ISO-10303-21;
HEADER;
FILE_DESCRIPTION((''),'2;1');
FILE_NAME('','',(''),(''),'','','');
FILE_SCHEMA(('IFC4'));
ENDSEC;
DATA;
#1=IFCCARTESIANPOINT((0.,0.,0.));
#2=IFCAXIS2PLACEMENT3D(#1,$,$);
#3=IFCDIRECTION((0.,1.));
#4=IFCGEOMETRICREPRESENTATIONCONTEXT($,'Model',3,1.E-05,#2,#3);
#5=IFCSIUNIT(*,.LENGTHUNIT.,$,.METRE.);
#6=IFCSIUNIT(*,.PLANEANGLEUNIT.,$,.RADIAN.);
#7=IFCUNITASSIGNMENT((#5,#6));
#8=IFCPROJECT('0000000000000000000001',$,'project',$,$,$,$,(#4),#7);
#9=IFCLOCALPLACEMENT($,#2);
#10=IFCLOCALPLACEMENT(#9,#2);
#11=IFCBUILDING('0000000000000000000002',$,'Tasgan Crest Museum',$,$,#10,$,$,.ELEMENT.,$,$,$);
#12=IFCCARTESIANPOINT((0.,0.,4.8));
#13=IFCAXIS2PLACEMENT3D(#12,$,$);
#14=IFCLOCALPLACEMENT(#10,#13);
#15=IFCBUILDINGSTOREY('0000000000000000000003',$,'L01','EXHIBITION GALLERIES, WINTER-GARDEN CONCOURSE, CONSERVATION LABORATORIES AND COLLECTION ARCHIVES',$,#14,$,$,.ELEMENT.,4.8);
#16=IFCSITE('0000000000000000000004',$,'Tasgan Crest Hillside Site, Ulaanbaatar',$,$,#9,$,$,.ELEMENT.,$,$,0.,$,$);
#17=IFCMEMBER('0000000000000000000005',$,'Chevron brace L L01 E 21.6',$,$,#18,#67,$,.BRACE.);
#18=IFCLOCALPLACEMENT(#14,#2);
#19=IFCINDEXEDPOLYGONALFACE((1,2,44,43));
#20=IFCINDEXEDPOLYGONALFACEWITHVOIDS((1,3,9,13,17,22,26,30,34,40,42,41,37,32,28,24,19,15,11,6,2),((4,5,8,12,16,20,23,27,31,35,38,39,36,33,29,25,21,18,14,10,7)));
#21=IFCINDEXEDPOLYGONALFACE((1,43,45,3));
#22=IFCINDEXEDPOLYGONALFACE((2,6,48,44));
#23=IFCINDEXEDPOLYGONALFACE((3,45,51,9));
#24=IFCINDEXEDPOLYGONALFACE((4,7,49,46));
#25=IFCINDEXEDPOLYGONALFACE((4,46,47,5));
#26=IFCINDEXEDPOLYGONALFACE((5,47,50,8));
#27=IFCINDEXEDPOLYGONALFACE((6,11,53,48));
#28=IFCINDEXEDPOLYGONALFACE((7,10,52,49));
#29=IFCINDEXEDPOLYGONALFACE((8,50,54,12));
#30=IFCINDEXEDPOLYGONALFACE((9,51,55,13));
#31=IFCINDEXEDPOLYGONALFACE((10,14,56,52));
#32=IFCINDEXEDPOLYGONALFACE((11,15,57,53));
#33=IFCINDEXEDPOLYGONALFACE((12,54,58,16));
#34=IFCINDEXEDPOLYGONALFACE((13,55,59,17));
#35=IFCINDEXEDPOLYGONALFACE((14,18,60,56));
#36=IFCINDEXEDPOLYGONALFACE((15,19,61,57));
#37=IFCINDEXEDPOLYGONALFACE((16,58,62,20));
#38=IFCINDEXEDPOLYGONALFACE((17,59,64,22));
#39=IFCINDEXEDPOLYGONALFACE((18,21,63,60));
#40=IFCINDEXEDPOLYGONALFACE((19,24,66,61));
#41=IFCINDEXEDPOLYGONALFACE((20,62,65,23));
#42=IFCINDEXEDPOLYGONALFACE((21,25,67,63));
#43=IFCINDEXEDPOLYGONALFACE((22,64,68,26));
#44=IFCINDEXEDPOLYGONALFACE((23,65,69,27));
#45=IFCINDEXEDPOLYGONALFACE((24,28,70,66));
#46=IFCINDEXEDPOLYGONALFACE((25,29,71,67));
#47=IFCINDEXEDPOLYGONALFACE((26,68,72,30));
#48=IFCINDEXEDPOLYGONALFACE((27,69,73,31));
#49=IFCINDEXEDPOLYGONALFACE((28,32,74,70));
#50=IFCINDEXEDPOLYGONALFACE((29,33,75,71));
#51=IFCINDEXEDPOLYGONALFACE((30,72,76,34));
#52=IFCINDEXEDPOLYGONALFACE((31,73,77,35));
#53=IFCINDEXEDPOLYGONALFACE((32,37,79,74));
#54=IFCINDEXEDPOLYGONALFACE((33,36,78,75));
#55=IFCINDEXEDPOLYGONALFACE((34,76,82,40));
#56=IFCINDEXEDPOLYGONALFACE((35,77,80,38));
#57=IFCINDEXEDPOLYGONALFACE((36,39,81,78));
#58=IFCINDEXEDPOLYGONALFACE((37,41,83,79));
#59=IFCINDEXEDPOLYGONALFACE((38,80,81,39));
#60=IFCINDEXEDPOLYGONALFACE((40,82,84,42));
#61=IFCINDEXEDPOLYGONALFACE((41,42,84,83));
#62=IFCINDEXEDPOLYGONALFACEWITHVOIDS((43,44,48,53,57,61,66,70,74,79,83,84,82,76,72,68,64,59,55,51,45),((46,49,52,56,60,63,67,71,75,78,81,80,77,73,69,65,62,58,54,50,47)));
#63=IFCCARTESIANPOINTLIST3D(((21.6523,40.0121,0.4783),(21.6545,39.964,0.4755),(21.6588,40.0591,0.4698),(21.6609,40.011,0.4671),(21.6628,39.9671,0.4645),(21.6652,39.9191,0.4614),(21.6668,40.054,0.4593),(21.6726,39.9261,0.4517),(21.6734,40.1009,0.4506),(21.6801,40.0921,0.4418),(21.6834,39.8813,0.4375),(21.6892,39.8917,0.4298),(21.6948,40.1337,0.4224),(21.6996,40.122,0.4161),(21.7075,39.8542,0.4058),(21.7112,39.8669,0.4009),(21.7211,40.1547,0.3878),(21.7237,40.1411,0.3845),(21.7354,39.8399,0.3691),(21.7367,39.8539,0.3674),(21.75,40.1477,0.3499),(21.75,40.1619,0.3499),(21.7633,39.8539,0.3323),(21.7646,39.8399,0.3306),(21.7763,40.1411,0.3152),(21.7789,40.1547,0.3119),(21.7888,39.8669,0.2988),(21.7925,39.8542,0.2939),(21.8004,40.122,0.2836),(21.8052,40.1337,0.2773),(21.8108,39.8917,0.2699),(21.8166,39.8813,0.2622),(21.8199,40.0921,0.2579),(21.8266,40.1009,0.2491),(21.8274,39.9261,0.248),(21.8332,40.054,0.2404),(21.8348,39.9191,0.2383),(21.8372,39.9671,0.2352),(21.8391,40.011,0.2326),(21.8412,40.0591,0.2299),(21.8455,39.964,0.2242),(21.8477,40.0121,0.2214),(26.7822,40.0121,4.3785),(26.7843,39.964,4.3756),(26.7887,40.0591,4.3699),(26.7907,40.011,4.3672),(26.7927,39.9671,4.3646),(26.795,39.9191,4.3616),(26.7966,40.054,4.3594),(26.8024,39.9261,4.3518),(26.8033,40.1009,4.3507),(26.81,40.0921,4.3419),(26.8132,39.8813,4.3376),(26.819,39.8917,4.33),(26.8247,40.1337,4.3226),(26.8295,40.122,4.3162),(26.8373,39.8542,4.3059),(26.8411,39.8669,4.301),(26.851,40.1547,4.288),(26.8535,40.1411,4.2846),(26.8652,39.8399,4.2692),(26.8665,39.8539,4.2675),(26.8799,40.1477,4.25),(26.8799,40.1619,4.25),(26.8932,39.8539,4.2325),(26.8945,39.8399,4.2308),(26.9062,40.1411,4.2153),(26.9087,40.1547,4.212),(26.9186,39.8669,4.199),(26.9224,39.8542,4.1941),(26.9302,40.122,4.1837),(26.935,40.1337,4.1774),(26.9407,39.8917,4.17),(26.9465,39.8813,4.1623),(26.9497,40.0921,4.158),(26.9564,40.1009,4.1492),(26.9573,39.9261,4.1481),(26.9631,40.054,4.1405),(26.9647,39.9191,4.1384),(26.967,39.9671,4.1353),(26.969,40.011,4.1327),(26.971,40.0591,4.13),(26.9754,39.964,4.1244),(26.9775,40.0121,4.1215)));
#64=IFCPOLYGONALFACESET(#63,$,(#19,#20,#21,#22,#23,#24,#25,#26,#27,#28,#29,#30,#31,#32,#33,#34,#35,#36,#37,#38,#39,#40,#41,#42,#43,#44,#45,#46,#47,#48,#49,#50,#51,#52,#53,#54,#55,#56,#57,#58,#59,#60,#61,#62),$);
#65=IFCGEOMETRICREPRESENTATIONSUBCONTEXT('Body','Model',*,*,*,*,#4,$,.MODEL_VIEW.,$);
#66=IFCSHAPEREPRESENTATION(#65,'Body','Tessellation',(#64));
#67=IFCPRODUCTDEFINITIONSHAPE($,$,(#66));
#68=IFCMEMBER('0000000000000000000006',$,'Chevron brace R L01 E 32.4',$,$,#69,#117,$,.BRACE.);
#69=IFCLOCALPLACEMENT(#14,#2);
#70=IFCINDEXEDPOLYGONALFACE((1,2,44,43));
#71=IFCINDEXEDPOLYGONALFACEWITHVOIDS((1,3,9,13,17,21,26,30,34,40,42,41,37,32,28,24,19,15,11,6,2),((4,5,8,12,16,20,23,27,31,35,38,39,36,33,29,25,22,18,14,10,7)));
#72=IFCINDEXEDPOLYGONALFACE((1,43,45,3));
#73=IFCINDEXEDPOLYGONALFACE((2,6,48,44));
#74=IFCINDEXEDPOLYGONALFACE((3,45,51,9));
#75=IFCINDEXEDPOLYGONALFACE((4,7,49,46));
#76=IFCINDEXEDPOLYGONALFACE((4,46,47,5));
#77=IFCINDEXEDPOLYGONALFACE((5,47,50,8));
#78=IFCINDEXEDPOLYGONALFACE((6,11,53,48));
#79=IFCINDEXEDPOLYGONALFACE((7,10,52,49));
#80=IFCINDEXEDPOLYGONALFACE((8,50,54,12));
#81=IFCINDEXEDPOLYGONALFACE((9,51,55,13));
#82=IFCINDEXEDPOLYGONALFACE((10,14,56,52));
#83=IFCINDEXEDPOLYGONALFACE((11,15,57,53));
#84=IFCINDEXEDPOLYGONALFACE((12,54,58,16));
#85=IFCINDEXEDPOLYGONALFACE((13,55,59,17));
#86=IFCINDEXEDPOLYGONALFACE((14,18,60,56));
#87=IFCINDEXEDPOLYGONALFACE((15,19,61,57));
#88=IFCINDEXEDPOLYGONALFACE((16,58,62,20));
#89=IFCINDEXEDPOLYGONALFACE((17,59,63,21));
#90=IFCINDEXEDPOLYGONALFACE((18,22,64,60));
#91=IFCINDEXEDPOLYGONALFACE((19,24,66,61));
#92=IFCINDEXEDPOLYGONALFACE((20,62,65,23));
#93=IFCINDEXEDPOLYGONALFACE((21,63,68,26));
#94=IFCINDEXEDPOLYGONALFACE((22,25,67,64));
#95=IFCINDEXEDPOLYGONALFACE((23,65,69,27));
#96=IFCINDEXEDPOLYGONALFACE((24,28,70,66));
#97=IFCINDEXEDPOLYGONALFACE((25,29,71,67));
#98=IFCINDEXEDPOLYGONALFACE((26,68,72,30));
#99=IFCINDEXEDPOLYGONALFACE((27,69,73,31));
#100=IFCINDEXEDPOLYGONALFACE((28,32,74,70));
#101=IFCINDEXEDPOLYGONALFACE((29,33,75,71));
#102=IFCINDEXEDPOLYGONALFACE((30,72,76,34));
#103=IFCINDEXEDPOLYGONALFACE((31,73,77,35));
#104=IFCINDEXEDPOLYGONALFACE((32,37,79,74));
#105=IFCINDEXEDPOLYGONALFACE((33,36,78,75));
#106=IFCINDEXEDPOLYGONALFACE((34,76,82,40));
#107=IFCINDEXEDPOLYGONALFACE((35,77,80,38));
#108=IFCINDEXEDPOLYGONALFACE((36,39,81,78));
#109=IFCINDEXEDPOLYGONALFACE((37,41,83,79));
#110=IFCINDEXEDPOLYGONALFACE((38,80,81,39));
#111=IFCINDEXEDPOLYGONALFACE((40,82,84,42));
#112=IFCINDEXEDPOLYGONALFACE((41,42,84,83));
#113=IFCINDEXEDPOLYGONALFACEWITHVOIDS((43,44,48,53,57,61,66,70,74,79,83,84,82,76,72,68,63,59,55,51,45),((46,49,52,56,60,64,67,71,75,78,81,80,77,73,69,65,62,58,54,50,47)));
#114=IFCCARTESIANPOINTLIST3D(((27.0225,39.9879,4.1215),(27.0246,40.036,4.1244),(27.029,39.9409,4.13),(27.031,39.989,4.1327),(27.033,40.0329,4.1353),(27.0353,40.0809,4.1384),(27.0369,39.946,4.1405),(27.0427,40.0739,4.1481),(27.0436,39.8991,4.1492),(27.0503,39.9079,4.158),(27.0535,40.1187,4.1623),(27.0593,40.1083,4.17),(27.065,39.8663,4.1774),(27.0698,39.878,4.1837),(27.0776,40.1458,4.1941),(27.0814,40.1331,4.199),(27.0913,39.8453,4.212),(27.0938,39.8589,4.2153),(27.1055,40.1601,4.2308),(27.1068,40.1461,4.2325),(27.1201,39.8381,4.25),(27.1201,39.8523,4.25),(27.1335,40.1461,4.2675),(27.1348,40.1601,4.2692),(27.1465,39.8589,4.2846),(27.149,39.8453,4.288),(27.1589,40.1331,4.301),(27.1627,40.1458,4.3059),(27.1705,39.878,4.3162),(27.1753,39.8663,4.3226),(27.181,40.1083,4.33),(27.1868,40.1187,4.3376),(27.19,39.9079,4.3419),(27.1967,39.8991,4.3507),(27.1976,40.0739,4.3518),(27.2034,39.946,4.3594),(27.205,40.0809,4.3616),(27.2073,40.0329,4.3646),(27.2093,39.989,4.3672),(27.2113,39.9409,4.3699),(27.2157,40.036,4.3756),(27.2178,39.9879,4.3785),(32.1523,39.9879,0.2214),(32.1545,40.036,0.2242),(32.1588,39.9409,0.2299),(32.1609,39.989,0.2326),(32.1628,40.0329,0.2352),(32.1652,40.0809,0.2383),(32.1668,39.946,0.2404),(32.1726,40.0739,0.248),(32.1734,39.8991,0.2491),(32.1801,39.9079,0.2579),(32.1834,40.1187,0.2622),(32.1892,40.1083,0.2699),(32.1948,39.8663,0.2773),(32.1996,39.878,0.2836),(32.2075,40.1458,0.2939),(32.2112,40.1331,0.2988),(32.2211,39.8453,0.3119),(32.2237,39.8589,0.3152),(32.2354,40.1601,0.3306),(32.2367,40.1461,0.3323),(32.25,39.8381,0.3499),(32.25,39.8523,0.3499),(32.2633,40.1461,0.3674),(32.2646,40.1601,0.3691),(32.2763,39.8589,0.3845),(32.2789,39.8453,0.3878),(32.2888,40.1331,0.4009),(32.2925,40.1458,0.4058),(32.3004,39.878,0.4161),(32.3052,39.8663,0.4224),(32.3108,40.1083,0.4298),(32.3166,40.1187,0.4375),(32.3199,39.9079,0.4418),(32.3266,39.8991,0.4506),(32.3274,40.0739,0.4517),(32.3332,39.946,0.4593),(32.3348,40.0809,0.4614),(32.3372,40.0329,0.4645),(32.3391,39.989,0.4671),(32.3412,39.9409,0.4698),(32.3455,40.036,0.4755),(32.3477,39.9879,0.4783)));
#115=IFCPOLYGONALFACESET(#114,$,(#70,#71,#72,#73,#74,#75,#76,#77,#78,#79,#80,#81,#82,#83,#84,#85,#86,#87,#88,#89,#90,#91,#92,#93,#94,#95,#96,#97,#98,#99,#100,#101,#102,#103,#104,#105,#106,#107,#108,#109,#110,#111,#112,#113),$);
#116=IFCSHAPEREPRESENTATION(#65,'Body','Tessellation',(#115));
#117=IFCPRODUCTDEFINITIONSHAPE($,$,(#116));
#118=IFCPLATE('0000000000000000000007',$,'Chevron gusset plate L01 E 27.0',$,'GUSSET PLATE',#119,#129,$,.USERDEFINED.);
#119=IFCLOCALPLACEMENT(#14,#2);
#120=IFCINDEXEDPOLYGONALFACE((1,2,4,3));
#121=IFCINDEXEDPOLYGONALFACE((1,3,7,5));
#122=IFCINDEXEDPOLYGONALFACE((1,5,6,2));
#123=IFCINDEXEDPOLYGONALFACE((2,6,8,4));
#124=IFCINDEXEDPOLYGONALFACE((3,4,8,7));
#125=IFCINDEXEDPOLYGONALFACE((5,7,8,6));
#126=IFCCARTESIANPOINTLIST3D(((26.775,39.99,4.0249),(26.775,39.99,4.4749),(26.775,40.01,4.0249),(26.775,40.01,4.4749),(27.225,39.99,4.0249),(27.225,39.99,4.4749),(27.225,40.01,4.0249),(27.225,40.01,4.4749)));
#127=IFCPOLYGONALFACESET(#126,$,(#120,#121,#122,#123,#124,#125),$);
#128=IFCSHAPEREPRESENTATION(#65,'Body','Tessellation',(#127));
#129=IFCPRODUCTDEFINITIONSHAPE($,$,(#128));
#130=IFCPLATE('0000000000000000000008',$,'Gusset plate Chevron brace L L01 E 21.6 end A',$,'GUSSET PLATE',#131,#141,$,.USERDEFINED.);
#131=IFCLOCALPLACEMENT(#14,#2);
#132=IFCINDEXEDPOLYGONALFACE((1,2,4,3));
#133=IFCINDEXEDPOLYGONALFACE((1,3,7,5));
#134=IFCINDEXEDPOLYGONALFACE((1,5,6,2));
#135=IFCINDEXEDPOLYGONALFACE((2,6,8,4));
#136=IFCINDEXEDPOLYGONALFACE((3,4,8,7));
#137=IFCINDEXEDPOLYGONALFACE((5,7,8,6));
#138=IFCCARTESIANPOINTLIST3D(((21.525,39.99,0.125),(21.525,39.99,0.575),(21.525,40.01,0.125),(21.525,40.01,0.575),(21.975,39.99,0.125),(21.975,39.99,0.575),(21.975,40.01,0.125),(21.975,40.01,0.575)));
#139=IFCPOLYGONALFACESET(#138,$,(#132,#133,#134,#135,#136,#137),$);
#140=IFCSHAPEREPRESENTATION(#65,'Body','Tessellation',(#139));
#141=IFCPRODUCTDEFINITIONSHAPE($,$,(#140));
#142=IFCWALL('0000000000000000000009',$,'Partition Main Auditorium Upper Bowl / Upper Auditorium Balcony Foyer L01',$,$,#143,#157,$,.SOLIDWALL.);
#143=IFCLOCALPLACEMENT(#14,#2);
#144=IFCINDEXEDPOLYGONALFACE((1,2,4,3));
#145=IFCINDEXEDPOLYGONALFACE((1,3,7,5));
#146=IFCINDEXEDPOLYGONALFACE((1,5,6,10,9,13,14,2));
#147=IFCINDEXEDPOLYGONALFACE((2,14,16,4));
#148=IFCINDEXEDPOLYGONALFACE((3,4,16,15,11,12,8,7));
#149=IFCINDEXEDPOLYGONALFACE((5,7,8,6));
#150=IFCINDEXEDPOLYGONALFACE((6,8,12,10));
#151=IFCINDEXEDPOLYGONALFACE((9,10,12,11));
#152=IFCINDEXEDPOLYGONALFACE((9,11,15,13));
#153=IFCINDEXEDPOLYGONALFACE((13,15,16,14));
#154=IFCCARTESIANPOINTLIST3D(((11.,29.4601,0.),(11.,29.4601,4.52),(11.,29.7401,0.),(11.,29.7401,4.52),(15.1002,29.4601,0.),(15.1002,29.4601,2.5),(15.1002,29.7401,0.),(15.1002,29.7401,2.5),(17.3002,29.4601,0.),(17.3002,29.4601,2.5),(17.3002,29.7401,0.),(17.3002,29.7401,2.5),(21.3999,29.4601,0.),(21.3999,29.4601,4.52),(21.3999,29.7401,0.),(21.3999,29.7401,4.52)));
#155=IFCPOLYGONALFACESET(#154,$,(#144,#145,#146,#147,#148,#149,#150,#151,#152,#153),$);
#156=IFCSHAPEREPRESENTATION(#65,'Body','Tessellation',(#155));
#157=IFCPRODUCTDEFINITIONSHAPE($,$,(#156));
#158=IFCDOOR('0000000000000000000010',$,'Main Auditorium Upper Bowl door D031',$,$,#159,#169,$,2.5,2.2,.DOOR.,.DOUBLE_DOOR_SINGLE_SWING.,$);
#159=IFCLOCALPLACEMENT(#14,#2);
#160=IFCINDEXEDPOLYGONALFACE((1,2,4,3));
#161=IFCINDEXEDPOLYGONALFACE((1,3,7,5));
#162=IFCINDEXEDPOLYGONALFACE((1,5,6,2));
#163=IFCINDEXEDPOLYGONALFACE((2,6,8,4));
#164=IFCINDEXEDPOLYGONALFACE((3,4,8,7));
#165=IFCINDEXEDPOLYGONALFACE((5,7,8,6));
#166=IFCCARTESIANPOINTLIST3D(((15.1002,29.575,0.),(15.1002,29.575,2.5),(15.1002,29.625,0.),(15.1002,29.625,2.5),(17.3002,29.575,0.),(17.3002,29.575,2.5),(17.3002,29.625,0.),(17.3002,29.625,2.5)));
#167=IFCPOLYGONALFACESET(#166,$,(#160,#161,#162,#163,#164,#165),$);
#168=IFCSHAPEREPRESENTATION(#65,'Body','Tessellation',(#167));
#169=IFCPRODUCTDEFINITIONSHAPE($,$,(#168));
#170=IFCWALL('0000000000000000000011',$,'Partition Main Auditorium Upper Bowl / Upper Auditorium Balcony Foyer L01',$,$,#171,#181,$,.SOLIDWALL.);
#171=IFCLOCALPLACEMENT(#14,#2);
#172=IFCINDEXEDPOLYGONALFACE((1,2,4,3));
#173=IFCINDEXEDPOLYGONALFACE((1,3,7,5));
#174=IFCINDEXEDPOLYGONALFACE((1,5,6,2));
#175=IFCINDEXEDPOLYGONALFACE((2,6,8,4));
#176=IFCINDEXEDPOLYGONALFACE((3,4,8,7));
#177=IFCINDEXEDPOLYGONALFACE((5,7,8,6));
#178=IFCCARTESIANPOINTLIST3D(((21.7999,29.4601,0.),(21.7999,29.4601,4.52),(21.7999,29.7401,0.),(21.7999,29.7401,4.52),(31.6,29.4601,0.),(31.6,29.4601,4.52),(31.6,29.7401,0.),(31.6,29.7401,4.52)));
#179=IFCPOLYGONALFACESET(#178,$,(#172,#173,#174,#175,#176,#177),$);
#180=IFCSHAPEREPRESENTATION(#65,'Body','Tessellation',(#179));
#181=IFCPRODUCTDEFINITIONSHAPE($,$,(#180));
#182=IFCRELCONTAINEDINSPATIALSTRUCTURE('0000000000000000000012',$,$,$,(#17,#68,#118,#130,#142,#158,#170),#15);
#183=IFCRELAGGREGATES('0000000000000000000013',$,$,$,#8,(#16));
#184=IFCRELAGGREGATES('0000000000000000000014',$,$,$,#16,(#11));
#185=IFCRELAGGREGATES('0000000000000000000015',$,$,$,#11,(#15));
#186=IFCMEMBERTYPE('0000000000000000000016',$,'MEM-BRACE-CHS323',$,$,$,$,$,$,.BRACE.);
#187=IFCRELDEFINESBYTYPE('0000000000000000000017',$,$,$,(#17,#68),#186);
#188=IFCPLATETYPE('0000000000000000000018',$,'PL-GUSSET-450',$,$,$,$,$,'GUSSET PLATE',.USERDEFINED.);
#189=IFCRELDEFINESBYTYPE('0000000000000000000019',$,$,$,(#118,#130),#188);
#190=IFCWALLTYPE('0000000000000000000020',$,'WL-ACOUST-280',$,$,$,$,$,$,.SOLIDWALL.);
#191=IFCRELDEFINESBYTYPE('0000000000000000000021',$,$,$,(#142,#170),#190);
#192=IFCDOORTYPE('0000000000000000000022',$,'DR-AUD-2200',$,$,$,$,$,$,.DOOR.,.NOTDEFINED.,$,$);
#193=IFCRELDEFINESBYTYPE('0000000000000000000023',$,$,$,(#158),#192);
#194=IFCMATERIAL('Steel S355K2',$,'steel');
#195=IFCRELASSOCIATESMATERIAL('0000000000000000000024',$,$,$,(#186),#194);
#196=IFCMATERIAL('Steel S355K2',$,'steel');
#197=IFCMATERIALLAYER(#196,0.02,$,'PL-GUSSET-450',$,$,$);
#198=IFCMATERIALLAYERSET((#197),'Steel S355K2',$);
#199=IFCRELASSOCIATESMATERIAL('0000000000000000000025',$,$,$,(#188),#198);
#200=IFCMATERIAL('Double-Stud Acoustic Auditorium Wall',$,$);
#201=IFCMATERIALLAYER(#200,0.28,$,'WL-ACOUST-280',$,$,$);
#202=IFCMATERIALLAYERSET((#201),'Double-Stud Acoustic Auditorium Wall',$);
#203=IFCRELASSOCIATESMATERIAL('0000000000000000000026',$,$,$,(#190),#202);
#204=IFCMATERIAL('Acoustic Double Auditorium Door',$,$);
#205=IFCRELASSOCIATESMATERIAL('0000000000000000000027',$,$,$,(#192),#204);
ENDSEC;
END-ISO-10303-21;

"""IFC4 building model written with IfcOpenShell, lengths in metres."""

from ifc_helpers import new_model, si_unit, direction, frame, frame_2d, origin, origin_2d, place, context, subcontext, project, spatial, rectangle, hollow_circle, extrude, material, layer, layer_set, material_profile, profile_set, type_object, element, fill, save


model = new_model("IFC4")

# Units and contexts
model_context = context("Model", 3, precision=1e-05, world=origin(), true_north=direction((0.0, 1.0)))
body_context = subcontext(model_context, "Body", "Model", "MODEL_VIEW")
ifc_project = project(units=[si_unit("LENGTHUNIT", "METRE"), si_unit("PLANEANGLEUNIT", "RADIAN")], contexts=[model_context])

# Site, building, storey
site_placement = place(None, origin())
site = spatial("IfcSite", under=ifc_project, at=site_placement, Name="Tasgan Crest Hillside Site, Ulaanbaatar", CompositionType="ELEMENT", RefElevation=0.0)
building_placement = place(site_placement, origin())
building = spatial("IfcBuilding", under=site, at=building_placement, Name="Tasgan Crest Museum", CompositionType="ELEMENT")
storey_placement = place(building_placement, frame((0.0, 0.0, 4.8)))
storey = spatial("IfcBuildingStorey", under=building, at=storey_placement, Name="L01", Description="EXHIBITION GALLERIES, WINTER-GARDEN CONCOURSE, CONSERVATION LABORATORIES AND COLLECTION ARCHIVES", CompositionType="ELEMENT", Elevation=4.8)

# Members
ifc_material_1 = material(Name="Steel S355K2", Category="steel")
ifc_material_profile_1 = material_profile(ifc_material_1, hollow_circle(Radius=0.1619, WallThickness=0.0142, at=origin_2d()), Name="CHS 323.9x14.2")
ifc_profile_set_1 = profile_set([ifc_material_profile_1], Name="Steel S355K2")
member_type = type_object("IfcMemberType", Name="MEM-BRACE-CHS323", PredefinedType="BRACE", material=ifc_profile_set_1)
for number, where, z_axis, x_axis, name in (
    (1, (21.75, 40.0, 0.3499), (0.796055, 0.0, 0.605224), (0.0, 1.0, 0.0), "Chevron brace L L01 E 21.6"),
    (2, (32.25, 40.0, 0.3499), (-0.796055, 0.0, 0.605224), (0.0, -1.0, 0.0), "Chevron brace R L01 E 32.4"),
):
    element("IfcMember", number, at=place(storey_placement, frame(where, z_axis=z_axis, x_axis=x_axis)), inside=storey, type_object=member_type, Name=name, PredefinedType="BRACE", context=body_context, shape_type="SweptSolid", body=[
        extrude(hollow_circle(Radius=0.1619, WallThickness=0.0142, at=origin_2d()), origin(), (0.0, 0.0, 1.0), 6.4441),
    ])

# Plates
ifc_material_2 = material(Name="Steel S355K2", Category="steel")
ifc_layer_1 = layer(ifc_material_2, 0.02, Name="PL-GUSSET-450")
ifc_layer_set_1 = layer_set([ifc_layer_1], Name="Steel S355K2")
plate_type = type_object("IfcPlateType", Name="PL-GUSSET-450", ElementType="GUSSET PLATE", PredefinedType="USERDEFINED", material=ifc_layer_set_1)
for number, where, z_axis, x_axis, name in (
    (3, (27.0, 40.0, 4.0249), (0.0, 0.0, 1.0), (1.0, 0.0, 0.0), "Chevron gusset plate L01 E 27.0"),
    (4, (21.75, 40.0, 0.125), (0.0, 0.0, 1.0), (1.0, 0.0, 0.0), "Gusset plate Chevron brace L L01 E 21.6 end A"),
):
    element("IfcPlate", number, at=place(storey_placement, frame(where, z_axis=z_axis, x_axis=x_axis)), inside=storey, type_object=plate_type, Name=name, ObjectType="GUSSET PLATE", PredefinedType="USERDEFINED", context=body_context, shape_type="SweptSolid", body=[
        extrude(rectangle(XDim=0.45, YDim=0.02, at=origin_2d()), origin(), (0.0, 0.0, 1.0), 0.45),
    ])

# Wall, opening, door
ifc_material_3 = material(Name="Double-Stud Acoustic Auditorium Wall")
ifc_layer_2 = layer(ifc_material_3, 0.28, Name="WL-ACOUST-280")
ifc_layer_set_2 = layer_set([ifc_layer_2], Name="Double-Stud Acoustic Auditorium Wall")
wall_type = type_object("IfcWallType", Name="WL-ACOUST-280", PredefinedType="SOLIDWALL", material=ifc_layer_set_2)
wall_1_placement = place(storey_placement, frame((11.0, 29.6001, 0.0), z_axis=(0.0, 0.0, 1.0), x_axis=(1.0, 0.0, 0.0)))
wall_1 = element("IfcWall", 5, at=wall_1_placement, inside=storey, type_object=wall_type, Name="Partition Main Auditorium Upper Bowl / Upper Auditorium Balcony Foyer L01", PredefinedType="SOLIDWALL", context=body_context, shape_type="SweptSolid", body=[
    extrude(rectangle(XDim=10.3999, YDim=0.28, at=frame_2d((5.2, 0.0))), origin(), (0.0, 0.0, 1.0), 4.52),
])
opening_placement = place(wall_1_placement, frame((4.1001, 0.0, 0.0)))
opening = element("IfcOpeningElement", 6, at=opening_placement, cuts=wall_1, PredefinedType="OPENING", context=body_context, shape_type="SweptSolid", body=[
    extrude(rectangle(XDim=2.2, YDim=2.5, at=frame_2d((1.1001, 1.25))), frame((0.0, 0.1499, 0.0), z_axis=(0.0, -1.0, 0.0), x_axis=(1.0, 0.0, 0.0)), (0.0, 0.0, 1.0), 0.3),
])
ifc_material_4 = material(Name="Acoustic Double Auditorium Door")
door_type = type_object("IfcDoorType", Name="DR-AUD-2200", OperationType="NOTDEFINED", PredefinedType="DOOR", material=ifc_material_4)
door_placement = place(opening_placement, origin())
door = element("IfcDoor", 7, at=door_placement, inside=storey, type_object=door_type, Name="Main Auditorium Upper Bowl door D031", OperationType="DOUBLE_DOOR_SINGLE_SWING", OverallHeight=2.5, OverallWidth=2.2, PredefinedType="DOOR", context=body_context, shape_type="SweptSolid", body=[
    extrude(rectangle(XDim=2.2, YDim=2.5, at=frame_2d((1.1001, 1.25))), frame((0.0, 0.0249, 0.0), z_axis=(0.0, -1.0, 0.0), x_axis=(1.0, 0.0, 0.0)), (0.0, 0.0, 1.0), 0.05),
])
fill(opening, door)

# Wall
wall_2_placement = place(storey_placement, frame((21.8, 29.6001, 0.0), z_axis=(0.0, 0.0, 1.0), x_axis=(1.0, 0.0, 0.0)))
element("IfcWall", 8, at=wall_2_placement, inside=storey, type_object=wall_type, Name="Partition Main Auditorium Upper Bowl / Upper Auditorium Balcony Foyer L01", PredefinedType="SOLIDWALL", context=body_context, shape_type="SweptSolid", body=[
    extrude(rectangle(XDim=9.8, YDim=0.28, at=frame_2d((4.8999, 0.0))), origin(), (0.0, 0.0, 1.0), 4.52),
])

save(model, "model.ifc")
